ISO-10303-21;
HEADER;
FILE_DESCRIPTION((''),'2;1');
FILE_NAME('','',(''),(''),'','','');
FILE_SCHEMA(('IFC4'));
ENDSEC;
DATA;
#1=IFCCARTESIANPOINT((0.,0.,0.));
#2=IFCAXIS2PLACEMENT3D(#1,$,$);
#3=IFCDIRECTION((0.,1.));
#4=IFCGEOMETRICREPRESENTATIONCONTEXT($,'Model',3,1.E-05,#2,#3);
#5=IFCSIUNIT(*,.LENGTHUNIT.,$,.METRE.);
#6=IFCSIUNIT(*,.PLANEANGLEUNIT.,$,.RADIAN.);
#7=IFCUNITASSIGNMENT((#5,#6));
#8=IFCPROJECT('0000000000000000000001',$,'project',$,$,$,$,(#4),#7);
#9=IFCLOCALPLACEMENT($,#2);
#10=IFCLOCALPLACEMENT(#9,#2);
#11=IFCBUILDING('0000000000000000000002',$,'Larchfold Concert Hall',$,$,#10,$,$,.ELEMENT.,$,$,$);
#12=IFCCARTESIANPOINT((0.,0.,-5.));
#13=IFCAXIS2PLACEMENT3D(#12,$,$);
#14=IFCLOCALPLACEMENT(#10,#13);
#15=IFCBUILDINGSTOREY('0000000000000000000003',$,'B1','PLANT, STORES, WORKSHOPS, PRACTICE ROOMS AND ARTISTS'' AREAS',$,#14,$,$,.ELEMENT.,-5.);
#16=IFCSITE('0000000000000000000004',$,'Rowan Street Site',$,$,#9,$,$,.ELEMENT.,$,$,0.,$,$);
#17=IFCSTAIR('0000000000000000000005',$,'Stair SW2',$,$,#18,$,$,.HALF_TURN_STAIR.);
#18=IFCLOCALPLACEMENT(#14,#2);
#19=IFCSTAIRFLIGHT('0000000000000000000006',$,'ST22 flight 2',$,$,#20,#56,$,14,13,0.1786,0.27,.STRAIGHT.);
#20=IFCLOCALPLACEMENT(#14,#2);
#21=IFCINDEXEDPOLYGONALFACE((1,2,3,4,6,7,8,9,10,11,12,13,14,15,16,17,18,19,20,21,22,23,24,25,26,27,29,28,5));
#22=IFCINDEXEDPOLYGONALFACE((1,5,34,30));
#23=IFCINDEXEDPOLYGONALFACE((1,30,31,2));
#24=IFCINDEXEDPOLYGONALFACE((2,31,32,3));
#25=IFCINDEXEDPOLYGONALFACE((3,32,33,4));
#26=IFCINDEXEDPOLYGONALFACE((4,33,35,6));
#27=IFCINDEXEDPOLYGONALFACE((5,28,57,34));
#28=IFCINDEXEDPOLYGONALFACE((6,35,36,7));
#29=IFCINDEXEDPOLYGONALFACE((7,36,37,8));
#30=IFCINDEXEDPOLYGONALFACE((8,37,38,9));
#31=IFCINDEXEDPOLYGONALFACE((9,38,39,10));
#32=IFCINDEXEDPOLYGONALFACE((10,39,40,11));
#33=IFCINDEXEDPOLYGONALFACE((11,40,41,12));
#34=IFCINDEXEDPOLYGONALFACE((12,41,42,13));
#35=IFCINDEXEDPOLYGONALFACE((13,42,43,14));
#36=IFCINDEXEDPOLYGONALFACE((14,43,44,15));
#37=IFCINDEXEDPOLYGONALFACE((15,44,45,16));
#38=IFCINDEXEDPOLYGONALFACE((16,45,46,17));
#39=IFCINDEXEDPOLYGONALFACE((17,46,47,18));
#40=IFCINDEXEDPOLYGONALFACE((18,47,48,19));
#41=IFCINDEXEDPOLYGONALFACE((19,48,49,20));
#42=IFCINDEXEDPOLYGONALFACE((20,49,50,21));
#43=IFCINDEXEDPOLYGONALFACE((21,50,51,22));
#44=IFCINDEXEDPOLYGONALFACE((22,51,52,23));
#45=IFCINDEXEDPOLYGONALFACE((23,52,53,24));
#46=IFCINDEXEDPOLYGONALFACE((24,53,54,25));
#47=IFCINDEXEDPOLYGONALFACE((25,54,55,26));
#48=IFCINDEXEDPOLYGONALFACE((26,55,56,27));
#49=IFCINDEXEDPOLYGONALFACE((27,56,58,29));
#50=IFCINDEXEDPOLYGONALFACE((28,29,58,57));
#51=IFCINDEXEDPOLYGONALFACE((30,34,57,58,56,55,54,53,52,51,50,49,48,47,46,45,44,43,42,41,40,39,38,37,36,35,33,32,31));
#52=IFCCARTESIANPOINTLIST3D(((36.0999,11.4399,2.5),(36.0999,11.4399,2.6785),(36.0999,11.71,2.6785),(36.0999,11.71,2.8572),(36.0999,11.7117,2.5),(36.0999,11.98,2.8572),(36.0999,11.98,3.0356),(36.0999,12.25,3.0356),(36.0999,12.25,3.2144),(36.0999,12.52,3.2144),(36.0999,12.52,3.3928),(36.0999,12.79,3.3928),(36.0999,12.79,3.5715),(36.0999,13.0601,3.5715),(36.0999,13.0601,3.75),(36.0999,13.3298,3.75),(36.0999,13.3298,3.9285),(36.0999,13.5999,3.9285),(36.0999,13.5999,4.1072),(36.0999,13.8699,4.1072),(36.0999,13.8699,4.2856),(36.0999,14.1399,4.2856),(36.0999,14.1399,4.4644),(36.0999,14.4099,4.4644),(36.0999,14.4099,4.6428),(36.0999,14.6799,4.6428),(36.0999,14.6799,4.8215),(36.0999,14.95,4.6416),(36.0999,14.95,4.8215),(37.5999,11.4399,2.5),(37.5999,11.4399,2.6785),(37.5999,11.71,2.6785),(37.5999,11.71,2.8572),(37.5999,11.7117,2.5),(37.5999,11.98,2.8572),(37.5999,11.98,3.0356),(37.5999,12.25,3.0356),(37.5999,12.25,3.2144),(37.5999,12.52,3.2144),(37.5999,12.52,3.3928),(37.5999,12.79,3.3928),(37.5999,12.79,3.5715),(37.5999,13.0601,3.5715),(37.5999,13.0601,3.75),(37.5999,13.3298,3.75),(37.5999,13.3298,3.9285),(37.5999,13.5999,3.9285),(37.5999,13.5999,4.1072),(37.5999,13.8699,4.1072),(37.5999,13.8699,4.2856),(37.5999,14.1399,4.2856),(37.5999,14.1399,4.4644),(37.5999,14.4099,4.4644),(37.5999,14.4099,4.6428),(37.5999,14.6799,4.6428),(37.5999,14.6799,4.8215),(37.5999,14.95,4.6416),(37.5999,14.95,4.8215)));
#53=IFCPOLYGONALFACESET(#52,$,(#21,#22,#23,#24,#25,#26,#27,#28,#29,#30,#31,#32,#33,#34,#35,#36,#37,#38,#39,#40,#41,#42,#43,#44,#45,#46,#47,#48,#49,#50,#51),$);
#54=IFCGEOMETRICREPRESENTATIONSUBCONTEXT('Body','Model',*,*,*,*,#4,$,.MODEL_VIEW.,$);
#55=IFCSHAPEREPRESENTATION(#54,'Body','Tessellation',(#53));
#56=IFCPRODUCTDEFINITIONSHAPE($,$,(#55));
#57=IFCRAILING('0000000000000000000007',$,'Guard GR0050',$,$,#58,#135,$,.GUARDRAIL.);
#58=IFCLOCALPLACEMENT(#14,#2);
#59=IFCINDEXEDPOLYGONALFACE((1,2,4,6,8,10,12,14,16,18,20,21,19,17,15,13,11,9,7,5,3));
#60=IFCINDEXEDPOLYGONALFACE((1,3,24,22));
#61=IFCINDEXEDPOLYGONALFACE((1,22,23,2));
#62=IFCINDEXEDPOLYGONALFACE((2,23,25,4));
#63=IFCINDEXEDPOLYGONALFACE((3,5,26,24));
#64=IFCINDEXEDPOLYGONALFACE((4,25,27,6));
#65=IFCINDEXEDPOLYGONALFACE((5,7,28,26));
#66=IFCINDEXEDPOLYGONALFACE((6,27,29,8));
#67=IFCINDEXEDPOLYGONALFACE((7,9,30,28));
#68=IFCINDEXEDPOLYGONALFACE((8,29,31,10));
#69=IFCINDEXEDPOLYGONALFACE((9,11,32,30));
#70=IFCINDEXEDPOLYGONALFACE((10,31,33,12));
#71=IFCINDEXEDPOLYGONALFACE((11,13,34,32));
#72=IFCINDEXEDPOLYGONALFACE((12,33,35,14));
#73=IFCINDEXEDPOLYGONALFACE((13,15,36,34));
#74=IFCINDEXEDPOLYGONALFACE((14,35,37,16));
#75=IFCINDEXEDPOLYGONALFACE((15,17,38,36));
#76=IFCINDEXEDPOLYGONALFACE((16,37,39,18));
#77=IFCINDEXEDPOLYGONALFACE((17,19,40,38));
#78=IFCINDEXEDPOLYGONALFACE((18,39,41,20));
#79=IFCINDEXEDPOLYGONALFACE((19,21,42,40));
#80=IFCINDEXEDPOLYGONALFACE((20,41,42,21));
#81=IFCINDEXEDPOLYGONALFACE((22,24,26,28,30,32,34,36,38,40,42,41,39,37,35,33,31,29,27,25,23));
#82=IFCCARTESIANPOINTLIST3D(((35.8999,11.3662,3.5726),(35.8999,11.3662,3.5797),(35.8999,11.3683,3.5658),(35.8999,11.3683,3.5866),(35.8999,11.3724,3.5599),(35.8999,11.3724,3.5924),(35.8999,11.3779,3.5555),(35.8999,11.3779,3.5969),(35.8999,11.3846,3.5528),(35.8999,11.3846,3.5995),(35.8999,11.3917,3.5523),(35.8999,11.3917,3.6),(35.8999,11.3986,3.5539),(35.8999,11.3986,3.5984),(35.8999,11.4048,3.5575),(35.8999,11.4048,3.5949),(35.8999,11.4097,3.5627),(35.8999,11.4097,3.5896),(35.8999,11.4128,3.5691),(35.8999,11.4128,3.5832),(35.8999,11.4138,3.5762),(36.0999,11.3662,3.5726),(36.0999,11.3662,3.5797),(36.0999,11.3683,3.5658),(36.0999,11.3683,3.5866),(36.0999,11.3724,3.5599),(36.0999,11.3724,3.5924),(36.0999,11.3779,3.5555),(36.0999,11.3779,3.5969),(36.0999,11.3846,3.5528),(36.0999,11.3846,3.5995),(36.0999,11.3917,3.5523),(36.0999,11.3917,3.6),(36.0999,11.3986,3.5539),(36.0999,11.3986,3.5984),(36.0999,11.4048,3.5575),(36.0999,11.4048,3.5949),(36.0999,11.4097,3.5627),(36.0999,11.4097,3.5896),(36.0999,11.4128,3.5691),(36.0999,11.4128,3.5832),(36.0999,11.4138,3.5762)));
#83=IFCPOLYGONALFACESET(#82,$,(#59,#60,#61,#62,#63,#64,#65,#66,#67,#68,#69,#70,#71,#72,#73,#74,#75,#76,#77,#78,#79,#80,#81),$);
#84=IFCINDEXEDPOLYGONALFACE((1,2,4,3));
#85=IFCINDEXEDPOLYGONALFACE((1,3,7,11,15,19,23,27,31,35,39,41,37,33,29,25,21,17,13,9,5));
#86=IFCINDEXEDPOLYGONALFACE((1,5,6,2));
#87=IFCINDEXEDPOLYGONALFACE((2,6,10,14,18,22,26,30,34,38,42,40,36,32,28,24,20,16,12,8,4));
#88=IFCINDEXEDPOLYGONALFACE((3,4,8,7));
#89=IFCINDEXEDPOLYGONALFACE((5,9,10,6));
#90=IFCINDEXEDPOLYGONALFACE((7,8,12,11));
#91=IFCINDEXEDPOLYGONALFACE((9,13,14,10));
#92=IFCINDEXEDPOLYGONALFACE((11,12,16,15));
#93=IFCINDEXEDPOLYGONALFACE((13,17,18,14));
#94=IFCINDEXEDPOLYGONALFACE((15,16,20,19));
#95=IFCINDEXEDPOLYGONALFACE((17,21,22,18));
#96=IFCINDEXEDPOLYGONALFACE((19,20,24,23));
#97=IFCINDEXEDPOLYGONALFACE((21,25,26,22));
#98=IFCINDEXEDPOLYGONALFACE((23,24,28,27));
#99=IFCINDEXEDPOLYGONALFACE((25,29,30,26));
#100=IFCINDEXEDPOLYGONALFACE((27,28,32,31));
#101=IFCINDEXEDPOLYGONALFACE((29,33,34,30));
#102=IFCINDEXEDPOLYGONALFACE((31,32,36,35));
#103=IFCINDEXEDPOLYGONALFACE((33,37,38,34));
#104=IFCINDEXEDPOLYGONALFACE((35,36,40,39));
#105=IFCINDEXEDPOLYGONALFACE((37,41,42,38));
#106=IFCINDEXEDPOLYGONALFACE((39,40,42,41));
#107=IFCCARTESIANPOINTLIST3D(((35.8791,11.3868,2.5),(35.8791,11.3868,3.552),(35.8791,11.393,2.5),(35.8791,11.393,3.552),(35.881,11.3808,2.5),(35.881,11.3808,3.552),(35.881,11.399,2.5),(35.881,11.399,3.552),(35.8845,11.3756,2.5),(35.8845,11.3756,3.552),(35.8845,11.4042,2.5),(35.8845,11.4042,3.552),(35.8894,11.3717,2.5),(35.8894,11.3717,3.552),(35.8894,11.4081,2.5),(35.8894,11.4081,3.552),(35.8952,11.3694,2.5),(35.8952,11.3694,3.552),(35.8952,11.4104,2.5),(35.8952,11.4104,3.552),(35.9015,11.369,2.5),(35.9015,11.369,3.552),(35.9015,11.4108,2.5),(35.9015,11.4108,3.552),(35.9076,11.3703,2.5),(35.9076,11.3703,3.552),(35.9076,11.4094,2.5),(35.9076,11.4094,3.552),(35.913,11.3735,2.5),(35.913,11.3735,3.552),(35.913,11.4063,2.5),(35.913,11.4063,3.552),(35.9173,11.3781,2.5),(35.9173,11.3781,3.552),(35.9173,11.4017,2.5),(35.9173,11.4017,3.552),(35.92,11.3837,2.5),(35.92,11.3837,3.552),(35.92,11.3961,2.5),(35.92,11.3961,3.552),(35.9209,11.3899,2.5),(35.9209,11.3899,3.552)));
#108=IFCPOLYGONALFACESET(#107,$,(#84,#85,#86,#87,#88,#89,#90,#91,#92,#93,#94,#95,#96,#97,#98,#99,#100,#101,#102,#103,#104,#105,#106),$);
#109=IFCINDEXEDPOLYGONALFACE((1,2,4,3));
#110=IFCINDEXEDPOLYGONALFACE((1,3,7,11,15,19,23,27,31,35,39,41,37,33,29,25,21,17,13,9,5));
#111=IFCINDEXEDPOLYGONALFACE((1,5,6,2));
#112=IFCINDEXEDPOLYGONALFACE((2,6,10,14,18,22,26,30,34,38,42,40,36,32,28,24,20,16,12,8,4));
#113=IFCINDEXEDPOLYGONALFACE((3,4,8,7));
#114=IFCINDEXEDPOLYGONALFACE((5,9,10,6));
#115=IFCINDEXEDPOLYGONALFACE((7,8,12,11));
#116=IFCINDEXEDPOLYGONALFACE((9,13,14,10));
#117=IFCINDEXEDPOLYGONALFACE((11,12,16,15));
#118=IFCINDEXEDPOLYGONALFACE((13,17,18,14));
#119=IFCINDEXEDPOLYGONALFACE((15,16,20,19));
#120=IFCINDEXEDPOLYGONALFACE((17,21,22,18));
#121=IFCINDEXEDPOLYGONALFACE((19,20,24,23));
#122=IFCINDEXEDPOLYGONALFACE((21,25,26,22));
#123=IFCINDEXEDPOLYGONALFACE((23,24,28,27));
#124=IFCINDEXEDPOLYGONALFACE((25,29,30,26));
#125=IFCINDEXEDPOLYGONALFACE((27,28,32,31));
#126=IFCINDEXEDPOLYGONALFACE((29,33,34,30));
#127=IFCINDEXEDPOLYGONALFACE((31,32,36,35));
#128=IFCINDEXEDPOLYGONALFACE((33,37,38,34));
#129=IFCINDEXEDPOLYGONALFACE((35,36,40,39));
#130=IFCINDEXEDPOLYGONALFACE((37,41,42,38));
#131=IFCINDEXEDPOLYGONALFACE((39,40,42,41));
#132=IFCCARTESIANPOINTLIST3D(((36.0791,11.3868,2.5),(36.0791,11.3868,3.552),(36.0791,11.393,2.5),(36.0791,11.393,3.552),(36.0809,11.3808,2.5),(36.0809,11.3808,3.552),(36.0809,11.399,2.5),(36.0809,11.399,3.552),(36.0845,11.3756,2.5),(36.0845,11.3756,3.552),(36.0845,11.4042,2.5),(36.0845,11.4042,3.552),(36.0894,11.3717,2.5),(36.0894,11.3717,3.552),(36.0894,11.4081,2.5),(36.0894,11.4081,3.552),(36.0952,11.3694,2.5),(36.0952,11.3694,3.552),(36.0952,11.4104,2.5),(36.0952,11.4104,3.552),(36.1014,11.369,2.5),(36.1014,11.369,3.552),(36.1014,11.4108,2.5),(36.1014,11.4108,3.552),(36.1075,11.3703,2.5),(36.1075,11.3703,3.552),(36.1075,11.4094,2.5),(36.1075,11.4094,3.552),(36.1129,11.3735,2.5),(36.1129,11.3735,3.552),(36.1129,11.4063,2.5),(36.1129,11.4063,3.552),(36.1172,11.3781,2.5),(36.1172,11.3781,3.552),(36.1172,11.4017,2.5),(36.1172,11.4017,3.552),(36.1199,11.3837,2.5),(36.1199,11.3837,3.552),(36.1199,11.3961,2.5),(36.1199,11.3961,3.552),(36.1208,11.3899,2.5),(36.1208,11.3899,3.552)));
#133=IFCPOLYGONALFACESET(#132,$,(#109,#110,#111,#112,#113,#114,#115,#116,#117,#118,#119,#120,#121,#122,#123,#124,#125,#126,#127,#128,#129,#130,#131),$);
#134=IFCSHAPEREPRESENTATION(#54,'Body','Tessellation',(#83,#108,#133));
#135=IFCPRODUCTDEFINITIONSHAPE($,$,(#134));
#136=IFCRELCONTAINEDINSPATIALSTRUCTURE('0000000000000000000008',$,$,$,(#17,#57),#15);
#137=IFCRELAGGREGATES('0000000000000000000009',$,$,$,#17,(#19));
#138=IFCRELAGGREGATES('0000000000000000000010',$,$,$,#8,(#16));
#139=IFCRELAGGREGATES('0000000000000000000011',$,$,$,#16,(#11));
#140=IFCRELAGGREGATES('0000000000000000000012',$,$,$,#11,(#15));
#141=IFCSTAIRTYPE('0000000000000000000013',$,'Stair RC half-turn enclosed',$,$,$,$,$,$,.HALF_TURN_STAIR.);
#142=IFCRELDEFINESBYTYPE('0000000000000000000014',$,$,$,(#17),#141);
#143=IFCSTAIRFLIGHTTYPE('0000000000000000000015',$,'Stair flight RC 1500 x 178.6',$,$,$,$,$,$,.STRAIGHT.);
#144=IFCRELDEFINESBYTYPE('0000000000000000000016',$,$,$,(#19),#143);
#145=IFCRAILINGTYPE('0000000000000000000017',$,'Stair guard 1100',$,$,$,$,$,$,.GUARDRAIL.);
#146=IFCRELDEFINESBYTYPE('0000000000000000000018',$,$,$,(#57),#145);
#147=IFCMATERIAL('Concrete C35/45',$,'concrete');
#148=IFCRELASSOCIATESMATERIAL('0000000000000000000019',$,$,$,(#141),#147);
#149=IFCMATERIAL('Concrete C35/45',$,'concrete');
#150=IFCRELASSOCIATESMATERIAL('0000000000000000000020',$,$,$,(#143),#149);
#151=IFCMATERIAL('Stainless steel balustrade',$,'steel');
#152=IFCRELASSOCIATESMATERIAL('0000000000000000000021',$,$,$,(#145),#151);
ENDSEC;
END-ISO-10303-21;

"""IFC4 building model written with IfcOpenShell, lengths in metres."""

from ifc_helpers import new_model, si_unit, direction, frame, origin, origin_2d, place, context, subcontext, project, spatial, polyline, circle, outline, extrude, material, type_object, element, aggregate, save


model = new_model("IFC4")

# Units and contexts
model_context = context("Model", 3, precision=1e-05, world=origin(), true_north=direction((0.0, 1.0)))
body_context = subcontext(model_context, "Body", "Model", "MODEL_VIEW")
ifc_project = project(units=[si_unit("LENGTHUNIT", "METRE"), si_unit("PLANEANGLEUNIT", "RADIAN")], contexts=[model_context])

# Site, building, storey
site_placement = place(None, origin())
site = spatial("IfcSite", under=ifc_project, at=site_placement, Name="Rowan Street Site", CompositionType="ELEMENT", RefElevation=0.0)
building_placement = place(site_placement, origin())
building = spatial("IfcBuilding", under=site, at=building_placement, Name="Larchfold Concert Hall", CompositionType="ELEMENT")
storey_placement = place(building_placement, frame((0.0, 0.0, -5.0)))
storey = spatial("IfcBuildingStorey", under=building, at=storey_placement, Name="B1", Description="PLANT, STORES, WORKSHOPS, PRACTICE ROOMS AND ARTISTS' AREAS", CompositionType="ELEMENT", Elevation=-5.0)

# Stair, stair flight
ifc_material_1 = material(Name="Concrete C35/45", Category="concrete")
stair_type = type_object("IfcStairType", Name="Stair RC half-turn enclosed", PredefinedType="HALF_TURN_STAIR", material=ifc_material_1)
stair_placement = place(storey_placement, origin())
stair = element("IfcStair", 1, at=stair_placement, inside=storey, type_object=stair_type, Name="Stair SW2", PredefinedType="HALF_TURN_STAIR")
ifc_material_2 = material(Name="Concrete C35/45", Category="concrete")
stair_flight_type = type_object("IfcStairFlightType", Name="Stair flight RC 1500 x 178.6", PredefinedType="STRAIGHT", material=ifc_material_2)
stair_flight_placement = place(storey_placement, frame((36.8499, 11.4399, 2.5), z_axis=(0.0, 0.0, 1.0), x_axis=(0.0, 1.0, 0.0)))
stair_flight = element("IfcStairFlight", 2, at=stair_flight_placement, type_object=stair_flight_type, Name="ST22 flight 2", NumberOfRisers=14, NumberOfTreads=13, PredefinedType="STRAIGHT", RiserHeight=0.1786, TreadLength=0.27, context=body_context, shape_type="SweptSolid", body=[
    extrude(outline(polyline([(0.0, 0.0), (0.0, 0.1785), (0.27, 0.1785), (0.27, 0.3572), (0.54, 0.3572), (0.54, 0.5356), (0.8101, 0.5356), (0.8101, 0.7144), (1.0801, 0.7144), (1.0801, 0.8928), (1.3501, 0.8928), (1.3501, 1.0715), (1.6201, 1.0715), (1.6201, 1.25), (1.8899, 1.25), (1.8899, 1.4285), (2.1599, 1.4285), (2.1599, 1.6072), (2.4299, 1.6072), (2.4299, 1.7856), (2.7, 1.7856), (2.7, 1.9644), (2.97, 1.9644), (2.97, 2.1428), (3.24, 2.1428), (3.24, 2.3215), (3.51, 2.3215), (3.51, 2.5), (3.51, 2.1416), (0.2717, 0.0), (0.0, 0.0)])), frame((0.0, 0.75, 0.0), z_axis=(0.0, -1.0, 0.0), x_axis=(1.0, 0.0, 0.0)), (0.0, 0.0, 1.0), 1.5),
])
aggregate(stair, [stair_flight])

# Railing
ifc_material_3 = material(Name="Stainless steel balustrade", Category="steel")
railing_type_1 = type_object("IfcRailingType", Name="Stair guard 1100", PredefinedType="GUARDRAIL", material=ifc_material_3)
railing_1_placement = place(storey_placement, frame((35.8999, 11.3899, 2.5)))
element("IfcRailing", 3, at=railing_1_placement, inside=storey, type_object=railing_type_1, Name="Guard GR0050", PredefinedType="GUARDRAIL", context=body_context, shape_type="SweptSolid", body=[
    extrude(circle(Radius=0.0239, at=origin_2d()), frame((0.0, 0.0, 1.0762), z_axis=(1.0, 0.0, 0.0), x_axis=(0.0, 1.0, 0.0)), (0.0, 0.0, 1.0), 0.2),
    extrude(circle(Radius=0.021, at=origin_2d()), origin(), (0.0, 0.0, 1.0), 1.052),
    extrude(circle(Radius=0.021, at=origin_2d()), frame((0.2, 0.0, 0.0)), (0.0, 0.0, 1.0), 1.052),
])

save(model, "model.ifc")
